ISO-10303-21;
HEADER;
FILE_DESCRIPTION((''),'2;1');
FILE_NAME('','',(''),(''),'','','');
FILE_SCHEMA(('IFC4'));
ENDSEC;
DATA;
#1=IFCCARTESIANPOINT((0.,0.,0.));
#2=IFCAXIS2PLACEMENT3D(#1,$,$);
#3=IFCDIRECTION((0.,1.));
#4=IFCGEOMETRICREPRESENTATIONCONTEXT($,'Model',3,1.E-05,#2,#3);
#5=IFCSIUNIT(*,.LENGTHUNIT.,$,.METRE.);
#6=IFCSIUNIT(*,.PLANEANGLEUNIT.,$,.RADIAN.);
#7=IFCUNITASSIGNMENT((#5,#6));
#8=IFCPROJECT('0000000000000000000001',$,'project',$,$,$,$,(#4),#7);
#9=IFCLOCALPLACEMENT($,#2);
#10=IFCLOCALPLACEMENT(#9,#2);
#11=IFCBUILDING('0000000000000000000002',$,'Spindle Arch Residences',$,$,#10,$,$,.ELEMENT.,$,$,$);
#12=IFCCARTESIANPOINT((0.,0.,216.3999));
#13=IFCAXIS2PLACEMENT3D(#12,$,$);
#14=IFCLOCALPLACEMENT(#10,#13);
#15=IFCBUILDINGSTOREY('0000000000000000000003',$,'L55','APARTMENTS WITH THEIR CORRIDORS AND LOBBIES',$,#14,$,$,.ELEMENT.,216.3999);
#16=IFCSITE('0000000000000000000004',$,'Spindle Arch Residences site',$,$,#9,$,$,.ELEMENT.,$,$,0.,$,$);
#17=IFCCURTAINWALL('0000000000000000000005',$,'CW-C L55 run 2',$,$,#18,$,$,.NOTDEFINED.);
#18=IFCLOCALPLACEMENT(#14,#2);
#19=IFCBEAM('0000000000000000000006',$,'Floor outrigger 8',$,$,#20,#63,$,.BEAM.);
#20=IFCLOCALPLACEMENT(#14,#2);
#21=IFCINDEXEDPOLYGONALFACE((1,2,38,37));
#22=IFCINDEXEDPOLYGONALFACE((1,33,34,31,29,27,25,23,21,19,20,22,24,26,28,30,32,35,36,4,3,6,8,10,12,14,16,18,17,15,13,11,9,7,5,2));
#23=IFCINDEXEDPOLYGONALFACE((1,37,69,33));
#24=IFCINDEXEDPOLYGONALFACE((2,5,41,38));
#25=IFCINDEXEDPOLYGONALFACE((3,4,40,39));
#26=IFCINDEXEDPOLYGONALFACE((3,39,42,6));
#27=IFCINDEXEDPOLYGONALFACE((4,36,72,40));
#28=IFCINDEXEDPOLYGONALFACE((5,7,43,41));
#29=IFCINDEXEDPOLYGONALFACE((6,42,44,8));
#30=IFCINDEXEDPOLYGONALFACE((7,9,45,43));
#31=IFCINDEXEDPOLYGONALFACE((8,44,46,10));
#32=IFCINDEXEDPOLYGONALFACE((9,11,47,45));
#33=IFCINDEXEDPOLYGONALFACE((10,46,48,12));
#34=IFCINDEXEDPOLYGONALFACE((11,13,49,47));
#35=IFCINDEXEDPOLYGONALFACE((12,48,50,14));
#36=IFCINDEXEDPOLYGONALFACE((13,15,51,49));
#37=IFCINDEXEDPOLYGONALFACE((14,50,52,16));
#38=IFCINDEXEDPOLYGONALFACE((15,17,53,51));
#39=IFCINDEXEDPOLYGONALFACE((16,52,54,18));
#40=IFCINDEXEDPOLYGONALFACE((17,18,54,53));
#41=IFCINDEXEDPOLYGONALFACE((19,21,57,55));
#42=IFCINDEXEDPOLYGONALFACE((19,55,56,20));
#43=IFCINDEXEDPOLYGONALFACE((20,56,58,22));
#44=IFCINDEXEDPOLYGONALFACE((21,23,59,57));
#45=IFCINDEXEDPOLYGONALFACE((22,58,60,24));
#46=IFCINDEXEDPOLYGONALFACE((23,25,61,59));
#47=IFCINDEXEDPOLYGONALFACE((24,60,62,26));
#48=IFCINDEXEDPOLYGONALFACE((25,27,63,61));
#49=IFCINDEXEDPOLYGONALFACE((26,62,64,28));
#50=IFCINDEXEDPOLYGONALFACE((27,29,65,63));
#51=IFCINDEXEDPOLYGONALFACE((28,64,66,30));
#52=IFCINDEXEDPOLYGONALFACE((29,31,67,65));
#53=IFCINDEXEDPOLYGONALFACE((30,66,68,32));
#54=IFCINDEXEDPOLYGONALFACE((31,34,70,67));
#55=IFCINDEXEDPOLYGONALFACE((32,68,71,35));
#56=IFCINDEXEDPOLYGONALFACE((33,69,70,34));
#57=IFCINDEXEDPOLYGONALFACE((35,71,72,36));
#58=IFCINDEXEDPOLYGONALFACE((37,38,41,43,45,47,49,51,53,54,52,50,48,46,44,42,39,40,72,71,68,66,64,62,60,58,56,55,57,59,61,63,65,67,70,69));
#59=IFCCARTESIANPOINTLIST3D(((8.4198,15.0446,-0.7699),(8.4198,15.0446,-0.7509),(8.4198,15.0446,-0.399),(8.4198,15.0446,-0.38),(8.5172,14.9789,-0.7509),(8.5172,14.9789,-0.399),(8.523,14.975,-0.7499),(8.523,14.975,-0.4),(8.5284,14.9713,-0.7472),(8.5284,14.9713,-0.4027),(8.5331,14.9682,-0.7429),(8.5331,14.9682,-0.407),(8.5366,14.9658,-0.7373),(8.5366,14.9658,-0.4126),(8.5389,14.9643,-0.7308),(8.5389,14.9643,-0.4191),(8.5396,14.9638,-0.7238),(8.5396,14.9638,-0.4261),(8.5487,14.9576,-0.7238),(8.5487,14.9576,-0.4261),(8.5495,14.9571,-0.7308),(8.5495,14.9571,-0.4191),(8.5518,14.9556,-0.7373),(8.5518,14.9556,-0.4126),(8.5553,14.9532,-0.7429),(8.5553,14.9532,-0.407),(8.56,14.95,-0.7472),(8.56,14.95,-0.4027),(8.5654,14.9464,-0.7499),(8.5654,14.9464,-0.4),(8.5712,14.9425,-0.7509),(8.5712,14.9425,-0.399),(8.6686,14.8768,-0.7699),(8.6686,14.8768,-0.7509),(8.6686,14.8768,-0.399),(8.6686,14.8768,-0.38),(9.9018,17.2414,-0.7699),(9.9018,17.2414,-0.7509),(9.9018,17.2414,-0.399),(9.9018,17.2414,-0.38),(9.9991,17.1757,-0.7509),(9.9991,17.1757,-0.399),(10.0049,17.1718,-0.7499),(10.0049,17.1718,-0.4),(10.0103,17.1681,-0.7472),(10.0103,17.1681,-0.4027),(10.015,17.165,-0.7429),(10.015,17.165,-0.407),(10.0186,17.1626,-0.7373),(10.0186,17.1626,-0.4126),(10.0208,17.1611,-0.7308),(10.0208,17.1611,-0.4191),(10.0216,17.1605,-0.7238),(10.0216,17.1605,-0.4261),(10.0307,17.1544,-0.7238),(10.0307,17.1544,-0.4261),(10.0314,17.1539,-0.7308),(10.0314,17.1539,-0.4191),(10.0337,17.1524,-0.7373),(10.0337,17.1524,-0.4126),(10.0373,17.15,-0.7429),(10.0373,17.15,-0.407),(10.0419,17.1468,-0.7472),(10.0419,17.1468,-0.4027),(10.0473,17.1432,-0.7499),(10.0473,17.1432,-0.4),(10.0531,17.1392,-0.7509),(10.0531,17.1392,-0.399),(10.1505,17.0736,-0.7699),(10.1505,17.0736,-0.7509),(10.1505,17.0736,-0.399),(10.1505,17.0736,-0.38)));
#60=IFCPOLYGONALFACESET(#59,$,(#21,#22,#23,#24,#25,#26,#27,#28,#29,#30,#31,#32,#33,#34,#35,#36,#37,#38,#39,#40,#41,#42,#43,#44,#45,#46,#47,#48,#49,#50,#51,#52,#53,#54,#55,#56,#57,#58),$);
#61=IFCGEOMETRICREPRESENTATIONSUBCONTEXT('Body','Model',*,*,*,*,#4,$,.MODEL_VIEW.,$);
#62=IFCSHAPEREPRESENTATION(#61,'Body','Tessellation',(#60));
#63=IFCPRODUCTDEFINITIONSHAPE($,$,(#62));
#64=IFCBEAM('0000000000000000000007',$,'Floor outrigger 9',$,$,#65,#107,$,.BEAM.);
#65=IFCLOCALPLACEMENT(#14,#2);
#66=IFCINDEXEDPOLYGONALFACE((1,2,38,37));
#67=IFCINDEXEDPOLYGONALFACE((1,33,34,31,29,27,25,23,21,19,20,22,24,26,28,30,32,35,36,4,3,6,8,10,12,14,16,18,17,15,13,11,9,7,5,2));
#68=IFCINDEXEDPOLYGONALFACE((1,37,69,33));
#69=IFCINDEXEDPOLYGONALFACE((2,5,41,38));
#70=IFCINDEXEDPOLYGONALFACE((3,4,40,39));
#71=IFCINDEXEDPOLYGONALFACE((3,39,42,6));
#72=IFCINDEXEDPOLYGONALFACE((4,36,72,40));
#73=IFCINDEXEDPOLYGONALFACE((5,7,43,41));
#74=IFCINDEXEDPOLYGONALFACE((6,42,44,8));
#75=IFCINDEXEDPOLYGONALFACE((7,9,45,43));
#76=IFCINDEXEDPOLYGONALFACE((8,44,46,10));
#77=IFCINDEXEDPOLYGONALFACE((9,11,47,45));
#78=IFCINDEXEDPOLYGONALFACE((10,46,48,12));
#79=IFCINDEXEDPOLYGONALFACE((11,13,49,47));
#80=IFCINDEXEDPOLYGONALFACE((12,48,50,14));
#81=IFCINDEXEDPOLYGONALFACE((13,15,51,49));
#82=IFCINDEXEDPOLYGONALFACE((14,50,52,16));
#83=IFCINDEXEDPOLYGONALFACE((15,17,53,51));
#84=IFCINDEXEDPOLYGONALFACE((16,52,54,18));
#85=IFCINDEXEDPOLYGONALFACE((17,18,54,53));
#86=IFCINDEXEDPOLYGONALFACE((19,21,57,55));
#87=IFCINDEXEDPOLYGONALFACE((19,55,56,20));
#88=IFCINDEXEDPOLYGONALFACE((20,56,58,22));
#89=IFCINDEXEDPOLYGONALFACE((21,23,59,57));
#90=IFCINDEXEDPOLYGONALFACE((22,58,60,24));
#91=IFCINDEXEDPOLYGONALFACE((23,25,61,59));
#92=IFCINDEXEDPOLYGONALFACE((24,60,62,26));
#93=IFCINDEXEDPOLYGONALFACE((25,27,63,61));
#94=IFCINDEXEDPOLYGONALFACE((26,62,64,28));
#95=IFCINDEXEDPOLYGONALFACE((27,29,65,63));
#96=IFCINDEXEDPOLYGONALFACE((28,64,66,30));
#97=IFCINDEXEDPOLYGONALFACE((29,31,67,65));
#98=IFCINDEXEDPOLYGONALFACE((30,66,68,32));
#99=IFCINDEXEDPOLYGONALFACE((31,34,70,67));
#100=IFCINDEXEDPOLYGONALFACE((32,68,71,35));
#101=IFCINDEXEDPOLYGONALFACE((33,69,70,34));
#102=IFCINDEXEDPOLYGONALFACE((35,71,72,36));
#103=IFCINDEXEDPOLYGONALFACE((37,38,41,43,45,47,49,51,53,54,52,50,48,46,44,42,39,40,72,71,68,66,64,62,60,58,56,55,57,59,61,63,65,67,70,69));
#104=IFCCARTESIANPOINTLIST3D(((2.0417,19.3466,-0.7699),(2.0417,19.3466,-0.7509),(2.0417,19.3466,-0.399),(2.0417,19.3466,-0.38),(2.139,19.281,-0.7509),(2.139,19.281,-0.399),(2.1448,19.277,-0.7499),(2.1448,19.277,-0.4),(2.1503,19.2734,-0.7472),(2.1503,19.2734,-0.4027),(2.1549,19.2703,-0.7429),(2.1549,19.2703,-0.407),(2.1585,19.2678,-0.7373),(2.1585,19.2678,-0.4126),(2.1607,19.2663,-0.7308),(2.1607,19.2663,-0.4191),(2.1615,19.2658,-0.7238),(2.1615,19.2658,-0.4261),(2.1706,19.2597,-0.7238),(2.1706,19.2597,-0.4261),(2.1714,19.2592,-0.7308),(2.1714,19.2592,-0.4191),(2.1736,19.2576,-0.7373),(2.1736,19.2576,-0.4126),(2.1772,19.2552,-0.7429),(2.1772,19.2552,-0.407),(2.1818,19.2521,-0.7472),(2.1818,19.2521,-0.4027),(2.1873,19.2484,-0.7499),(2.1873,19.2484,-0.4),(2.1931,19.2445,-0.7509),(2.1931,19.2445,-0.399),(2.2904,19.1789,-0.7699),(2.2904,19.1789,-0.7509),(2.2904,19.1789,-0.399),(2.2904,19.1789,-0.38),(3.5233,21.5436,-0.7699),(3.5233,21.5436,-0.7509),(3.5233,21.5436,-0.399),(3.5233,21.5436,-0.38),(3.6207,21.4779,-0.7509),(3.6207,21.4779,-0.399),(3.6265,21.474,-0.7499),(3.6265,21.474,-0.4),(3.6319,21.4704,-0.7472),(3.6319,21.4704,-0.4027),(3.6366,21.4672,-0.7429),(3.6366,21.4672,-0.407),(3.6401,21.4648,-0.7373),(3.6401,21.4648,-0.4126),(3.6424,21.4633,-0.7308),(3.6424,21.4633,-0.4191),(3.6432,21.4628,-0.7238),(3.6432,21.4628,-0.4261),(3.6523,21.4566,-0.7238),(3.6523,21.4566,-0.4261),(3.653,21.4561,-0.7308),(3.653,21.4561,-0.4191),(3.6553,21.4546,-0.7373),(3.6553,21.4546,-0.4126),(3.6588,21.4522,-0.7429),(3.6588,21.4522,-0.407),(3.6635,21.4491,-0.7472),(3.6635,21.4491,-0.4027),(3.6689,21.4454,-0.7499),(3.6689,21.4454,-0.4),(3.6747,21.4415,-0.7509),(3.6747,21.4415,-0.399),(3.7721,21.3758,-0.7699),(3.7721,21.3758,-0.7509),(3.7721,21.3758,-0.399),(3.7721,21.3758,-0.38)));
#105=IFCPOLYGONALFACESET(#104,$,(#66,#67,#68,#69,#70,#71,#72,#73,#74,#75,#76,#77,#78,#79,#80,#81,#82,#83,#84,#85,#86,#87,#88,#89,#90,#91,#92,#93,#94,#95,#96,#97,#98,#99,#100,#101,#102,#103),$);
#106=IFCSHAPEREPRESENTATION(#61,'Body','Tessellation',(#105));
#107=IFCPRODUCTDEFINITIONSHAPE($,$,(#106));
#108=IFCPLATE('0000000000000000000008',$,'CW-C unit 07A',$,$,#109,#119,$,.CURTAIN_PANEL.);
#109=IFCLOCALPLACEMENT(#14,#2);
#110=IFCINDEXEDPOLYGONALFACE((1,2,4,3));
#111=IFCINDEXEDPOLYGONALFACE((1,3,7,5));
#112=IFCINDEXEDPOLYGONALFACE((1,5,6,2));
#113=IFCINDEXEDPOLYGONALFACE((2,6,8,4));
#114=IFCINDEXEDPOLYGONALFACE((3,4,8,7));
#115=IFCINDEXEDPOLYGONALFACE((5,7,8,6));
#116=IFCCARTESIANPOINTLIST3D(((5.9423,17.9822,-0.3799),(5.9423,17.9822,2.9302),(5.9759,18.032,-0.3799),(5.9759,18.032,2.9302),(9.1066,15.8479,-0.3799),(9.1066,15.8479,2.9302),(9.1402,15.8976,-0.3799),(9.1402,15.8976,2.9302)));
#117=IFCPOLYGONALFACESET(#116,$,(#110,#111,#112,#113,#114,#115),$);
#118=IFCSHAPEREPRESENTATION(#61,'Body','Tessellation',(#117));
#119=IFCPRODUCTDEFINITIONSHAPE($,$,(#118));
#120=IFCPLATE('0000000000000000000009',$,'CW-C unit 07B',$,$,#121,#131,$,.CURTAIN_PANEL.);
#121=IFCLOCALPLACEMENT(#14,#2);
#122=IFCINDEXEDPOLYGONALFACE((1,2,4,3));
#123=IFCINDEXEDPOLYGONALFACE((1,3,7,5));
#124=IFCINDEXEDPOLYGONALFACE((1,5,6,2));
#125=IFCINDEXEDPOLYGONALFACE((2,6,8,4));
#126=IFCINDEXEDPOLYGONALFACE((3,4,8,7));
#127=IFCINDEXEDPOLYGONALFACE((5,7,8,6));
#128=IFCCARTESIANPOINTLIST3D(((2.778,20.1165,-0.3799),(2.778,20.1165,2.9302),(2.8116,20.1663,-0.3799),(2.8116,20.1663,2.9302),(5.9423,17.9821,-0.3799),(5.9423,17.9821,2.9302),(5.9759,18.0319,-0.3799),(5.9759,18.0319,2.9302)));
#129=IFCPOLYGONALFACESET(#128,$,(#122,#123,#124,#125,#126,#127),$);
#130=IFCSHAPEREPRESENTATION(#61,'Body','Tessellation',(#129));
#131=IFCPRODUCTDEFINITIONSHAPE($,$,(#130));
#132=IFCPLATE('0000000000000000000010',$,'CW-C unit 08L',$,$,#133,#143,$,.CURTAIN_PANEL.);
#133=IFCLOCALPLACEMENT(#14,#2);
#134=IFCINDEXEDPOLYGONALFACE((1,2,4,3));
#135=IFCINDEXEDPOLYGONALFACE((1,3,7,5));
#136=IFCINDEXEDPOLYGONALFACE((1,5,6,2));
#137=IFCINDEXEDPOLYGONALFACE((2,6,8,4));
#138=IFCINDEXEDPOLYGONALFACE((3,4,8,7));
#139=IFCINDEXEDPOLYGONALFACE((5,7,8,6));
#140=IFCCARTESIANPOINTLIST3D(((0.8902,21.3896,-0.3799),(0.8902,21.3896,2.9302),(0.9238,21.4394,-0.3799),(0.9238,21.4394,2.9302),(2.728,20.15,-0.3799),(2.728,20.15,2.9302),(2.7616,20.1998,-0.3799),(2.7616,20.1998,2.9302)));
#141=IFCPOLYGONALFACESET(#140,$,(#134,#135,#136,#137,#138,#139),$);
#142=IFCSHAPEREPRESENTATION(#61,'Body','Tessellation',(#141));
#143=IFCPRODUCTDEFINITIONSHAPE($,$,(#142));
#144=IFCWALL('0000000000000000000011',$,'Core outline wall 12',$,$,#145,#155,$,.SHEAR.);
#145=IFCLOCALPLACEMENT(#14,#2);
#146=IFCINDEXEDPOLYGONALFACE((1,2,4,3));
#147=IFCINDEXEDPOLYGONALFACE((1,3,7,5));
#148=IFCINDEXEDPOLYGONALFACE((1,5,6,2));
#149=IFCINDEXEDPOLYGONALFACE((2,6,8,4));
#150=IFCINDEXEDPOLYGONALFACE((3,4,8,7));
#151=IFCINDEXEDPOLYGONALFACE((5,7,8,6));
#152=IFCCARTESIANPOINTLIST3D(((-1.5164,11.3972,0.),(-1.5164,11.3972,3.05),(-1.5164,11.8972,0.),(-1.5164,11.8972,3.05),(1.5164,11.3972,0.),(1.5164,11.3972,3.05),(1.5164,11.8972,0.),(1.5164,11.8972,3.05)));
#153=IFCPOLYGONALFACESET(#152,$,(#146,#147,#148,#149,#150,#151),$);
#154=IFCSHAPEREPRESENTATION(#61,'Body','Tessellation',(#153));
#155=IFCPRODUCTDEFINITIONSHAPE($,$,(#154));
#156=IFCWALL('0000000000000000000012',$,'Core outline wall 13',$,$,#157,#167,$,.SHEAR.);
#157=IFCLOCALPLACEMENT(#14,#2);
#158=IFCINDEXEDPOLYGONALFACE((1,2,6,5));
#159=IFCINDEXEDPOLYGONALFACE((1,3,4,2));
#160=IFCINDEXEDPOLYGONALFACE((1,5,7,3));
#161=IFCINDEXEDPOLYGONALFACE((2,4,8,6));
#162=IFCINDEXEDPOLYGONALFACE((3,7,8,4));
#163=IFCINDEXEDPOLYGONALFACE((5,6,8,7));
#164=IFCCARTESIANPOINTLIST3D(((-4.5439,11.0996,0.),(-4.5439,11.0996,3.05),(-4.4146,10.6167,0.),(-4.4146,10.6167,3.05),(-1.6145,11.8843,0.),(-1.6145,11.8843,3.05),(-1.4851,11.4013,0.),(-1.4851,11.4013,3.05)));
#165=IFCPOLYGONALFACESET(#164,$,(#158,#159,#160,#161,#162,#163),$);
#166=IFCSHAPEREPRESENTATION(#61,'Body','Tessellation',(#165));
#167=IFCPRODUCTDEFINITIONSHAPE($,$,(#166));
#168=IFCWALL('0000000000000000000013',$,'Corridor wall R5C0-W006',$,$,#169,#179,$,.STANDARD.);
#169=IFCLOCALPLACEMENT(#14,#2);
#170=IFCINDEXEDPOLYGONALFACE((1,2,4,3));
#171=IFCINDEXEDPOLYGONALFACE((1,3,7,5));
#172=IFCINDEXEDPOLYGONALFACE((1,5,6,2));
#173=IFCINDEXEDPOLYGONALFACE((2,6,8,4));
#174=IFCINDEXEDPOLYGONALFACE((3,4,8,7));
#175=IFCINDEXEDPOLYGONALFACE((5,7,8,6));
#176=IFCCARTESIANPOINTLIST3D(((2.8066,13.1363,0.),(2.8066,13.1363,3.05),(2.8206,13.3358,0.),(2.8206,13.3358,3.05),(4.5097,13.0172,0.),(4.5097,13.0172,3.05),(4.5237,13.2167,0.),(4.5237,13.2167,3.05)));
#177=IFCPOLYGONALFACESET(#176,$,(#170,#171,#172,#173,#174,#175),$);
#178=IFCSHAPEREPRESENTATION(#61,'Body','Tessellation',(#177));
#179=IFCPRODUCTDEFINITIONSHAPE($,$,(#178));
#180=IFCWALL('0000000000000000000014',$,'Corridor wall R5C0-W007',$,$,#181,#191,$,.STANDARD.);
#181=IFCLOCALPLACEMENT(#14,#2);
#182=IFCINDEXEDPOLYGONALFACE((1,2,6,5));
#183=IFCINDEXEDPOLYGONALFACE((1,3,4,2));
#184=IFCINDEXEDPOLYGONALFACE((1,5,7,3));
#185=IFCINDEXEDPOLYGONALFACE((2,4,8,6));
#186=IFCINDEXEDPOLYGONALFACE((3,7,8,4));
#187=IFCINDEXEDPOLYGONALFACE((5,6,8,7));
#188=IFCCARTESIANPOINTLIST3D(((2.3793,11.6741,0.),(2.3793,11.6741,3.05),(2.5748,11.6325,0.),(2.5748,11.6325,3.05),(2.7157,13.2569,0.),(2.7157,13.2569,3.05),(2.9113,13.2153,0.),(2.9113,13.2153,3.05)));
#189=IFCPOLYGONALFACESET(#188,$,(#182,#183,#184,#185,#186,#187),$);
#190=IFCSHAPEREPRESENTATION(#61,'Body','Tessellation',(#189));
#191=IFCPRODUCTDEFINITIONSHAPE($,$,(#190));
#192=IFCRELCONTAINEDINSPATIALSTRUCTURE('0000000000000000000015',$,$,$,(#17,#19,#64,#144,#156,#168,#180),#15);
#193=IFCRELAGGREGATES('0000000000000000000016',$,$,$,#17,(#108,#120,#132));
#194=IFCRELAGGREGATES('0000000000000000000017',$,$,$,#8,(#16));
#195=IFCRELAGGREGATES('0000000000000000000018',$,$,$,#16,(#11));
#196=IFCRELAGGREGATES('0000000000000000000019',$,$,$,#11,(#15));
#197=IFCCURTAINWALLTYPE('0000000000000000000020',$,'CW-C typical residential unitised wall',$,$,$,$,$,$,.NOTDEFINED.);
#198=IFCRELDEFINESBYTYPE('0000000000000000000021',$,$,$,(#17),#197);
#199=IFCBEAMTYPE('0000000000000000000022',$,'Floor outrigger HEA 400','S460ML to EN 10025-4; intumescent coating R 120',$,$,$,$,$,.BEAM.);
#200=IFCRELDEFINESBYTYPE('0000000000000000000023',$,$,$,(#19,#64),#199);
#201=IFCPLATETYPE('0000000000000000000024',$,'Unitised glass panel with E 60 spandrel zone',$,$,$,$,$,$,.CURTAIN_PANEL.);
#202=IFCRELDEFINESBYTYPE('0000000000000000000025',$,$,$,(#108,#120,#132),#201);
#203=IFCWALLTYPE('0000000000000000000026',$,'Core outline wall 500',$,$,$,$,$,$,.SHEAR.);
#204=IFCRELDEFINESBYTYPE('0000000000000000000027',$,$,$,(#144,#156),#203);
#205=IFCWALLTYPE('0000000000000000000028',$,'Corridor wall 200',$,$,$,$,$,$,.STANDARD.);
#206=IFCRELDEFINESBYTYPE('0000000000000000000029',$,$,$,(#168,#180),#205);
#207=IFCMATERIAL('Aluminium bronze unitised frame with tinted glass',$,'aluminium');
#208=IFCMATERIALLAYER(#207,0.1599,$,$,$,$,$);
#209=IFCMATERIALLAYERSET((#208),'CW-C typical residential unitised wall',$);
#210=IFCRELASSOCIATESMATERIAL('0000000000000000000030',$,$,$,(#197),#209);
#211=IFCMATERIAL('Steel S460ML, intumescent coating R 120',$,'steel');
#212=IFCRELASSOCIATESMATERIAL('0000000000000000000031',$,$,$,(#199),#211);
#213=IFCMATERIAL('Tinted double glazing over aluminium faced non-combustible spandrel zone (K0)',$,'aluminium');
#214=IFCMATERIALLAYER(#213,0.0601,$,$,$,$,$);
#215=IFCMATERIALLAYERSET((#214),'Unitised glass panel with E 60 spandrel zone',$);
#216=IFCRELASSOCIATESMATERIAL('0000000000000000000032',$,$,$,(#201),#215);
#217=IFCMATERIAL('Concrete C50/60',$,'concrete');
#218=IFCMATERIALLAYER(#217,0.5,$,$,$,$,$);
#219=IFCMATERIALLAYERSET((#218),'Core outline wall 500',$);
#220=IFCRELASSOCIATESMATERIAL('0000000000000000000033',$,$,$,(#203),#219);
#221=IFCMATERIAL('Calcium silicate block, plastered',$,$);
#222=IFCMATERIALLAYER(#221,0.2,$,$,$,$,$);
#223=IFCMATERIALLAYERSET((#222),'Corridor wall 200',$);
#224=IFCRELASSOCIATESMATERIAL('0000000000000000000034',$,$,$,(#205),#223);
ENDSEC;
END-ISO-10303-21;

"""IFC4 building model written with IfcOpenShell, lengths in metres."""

from ifc_helpers import new_model, si_unit, direction, frame, frame_2d, origin, origin_2d, place, context, subcontext, project, spatial, rectangle, i_section, extrude, material, layer, layer_set, material_profile, profile_set, type_object, element, aggregate, save


model = new_model("IFC4")

# Units and contexts
model_context = context("Model", 3, precision=1e-05, world=origin(), true_north=direction((0.0, 1.0)))
body_context = subcontext(model_context, "Body", "Model", "MODEL_VIEW")
ifc_project = project(units=[si_unit("LENGTHUNIT", "METRE"), si_unit("PLANEANGLEUNIT", "RADIAN")], contexts=[model_context])

# Site, building, storey
site_placement = place(None, origin())
site = spatial("IfcSite", under=ifc_project, at=site_placement, Name="Spindle Arch Residences site", CompositionType="ELEMENT", RefElevation=0.0)
building_placement = place(site_placement, origin())
building = spatial("IfcBuilding", under=site, at=building_placement, Name="Spindle Arch Residences", CompositionType="ELEMENT")
storey_placement = place(building_placement, frame((0.0, 0.0, 216.3999)))
storey = spatial("IfcBuildingStorey", under=building, at=storey_placement, Name="L55", Description="APARTMENTS WITH THEIR CORRIDORS AND LOBBIES", CompositionType="ELEMENT", Elevation=216.3999)

# Curtain wall
ifc_material_1 = material(Name="Aluminium bronze unitised frame with tinted glass", Category="aluminium")
ifc_layer_1 = layer(ifc_material_1, 0.1599)
ifc_layer_set_1 = layer_set([ifc_layer_1], Name="CW-C typical residential unitised wall")
curtain_wall_type = type_object("IfcCurtainWallType", Name="CW-C typical residential unitised wall", PredefinedType="NOTDEFINED", material=ifc_layer_set_1)
curtain_wall_placement = place(storey_placement, origin())
curtain_wall = element("IfcCurtainWall", 1, at=curtain_wall_placement, inside=storey, type_object=curtain_wall_type, Name="CW-C L55 run 2", PredefinedType="NOTDEFINED")

# Beams
ifc_material_2 = material(Name="Steel S460ML, intumescent coating R 120", Category="steel")
ifc_material_profile_1 = material_profile(ifc_material_2, i_section(OverallWidth=0.3, OverallDepth=0.3899, WebThickness=0.011, FlangeThickness=0.019, FilletRadius=0.0271, at=origin_2d()), Name="HEA 400")
ifc_profile_set_1 = profile_set([ifc_material_profile_1], Name="Steel S460ML, intumescent coating R 120")
beam_type_1 = type_object("IfcBeamType", Name="Floor outrigger HEA 400", Description="S460ML to EN 10025-4; intumescent coating R 120", PredefinedType="BEAM", material=ifc_profile_set_1)
for number, where, z_axis, x_axis, name in (
    (2, (10.0261, 17.1575, -0.575), (-0.559242, -0.829005, 0.0), (0.829005, -0.559242, 0.0), "Floor outrigger 8"),
    (3, (3.6477, 21.4597, -0.575), (-0.559136, -0.829076, 0.0), (0.829076, -0.559136, 0.0), "Floor outrigger 9"),
):
    element("IfcBeam", number, at=place(storey_placement, frame(where, z_axis=z_axis, x_axis=x_axis)), inside=storey, type_object=beam_type_1, Name=name, PredefinedType="BEAM", context=body_context, shape_type="SweptSolid", body=[
        extrude(i_section(OverallWidth=0.3, OverallDepth=0.3899, WebThickness=0.011, FlangeThickness=0.019, FilletRadius=0.0271, at=origin_2d()), origin(), (0.0, 0.0, 1.0), 2.6499),
    ])

# Plates
ifc_material_3 = material(Name="Tinted double glazing over aluminium faced non-combustible spandrel zone (K0)", Category="aluminium")
ifc_layer_2 = layer(ifc_material_3, 0.0601)
ifc_layer_set_2 = layer_set([ifc_layer_2], Name="Unitised glass panel with E 60 spandrel zone")
plate_type = type_object("IfcPlateType", Name="Unitised glass panel with E 60 spandrel zone", PredefinedType="CURTAIN_PANEL", material=ifc_layer_set_2)
plate_1_placement = place(storey_placement, frame((7.5413, 16.9399, -0.3799), z_axis=(0.0, 0.0, 1.0), x_axis=(-0.829038, 0.559193, 0.0)))
plate_1 = element("IfcPlate", 4, at=plate_1_placement, type_object=plate_type, Name="CW-C unit 07A", PredefinedType="CURTAIN_PANEL", context=body_context, shape_type="SweptSolid", body=[
    extrude(rectangle(XDim=3.8169, YDim=0.0601, at=origin_2d()), origin(), (0.0, 0.0, 1.0), 3.3101),
])
plate_2_placement = place(storey_placement, frame((4.377, 19.0742, -0.3799), z_axis=(0.0, 0.0, 1.0), x_axis=(-0.829038, 0.559193, 0.0)))
plate_2 = element("IfcPlate", 5, at=plate_2_placement, type_object=plate_type, Name="CW-C unit 07B", PredefinedType="CURTAIN_PANEL", context=body_context, shape_type="SweptSolid", body=[
    extrude(rectangle(XDim=3.8169, YDim=0.0601, at=origin_2d()), origin(), (0.0, 0.0, 1.0), 3.3101),
])
plate_3_placement = place(storey_placement, frame((1.8259, 20.7947, -0.3799), z_axis=(0.0, 0.0, 1.0), x_axis=(-0.829038, 0.559193, 0.0)))
plate_3 = element("IfcPlate", 6, at=plate_3_placement, type_object=plate_type, Name="CW-C unit 08L", PredefinedType="CURTAIN_PANEL", context=body_context, shape_type="SweptSolid", body=[
    extrude(rectangle(XDim=2.2168, YDim=0.0601, at=origin_2d()), origin(), (0.0, 0.0, 1.0), 3.3101),
])
aggregate(curtain_wall, [plate_1, plate_2, plate_3])

# Walls
ifc_material_4 = material(Name="Concrete C50/60", Category="concrete")
ifc_layer_3 = layer(ifc_material_4, 0.5)
ifc_layer_set_3 = layer_set([ifc_layer_3], Name="Core outline wall 500")
wall_type_1 = type_object("IfcWallType", Name="Core outline wall 500", PredefinedType="SHEAR", material=ifc_layer_set_3)
for number, where, z_axis, x_axis, name in (
    (7, (1.5164, 11.6472, 0.0), (0.0, 0.0, 1.0), (-1.0, 0.0, 0.0), "Core outline wall 12"),
    (8, (-1.5498, 11.6428, 0.0), (0.0, 0.0, 1.0), (-0.965948, -0.258735, 0.0), "Core outline wall 13"),
):
    element("IfcWall", number, at=place(storey_placement, frame(where, z_axis=z_axis, x_axis=x_axis)), inside=storey, type_object=wall_type_1, Name=name, PredefinedType="SHEAR", context=body_context, shape_type="SweptSolid", body=[
        extrude(rectangle(XDim=3.0327, YDim=0.5, at=frame_2d((1.5164, 0.0))), origin(), (0.0, 0.0, 1.0), 3.05),
    ])
ifc_material_5 = material(Name="Calcium silicate block, plastered")
ifc_layer_4 = layer(ifc_material_5, 0.2)
ifc_layer_set_4 = layer_set([ifc_layer_4], Name="Corridor wall 200")
wall_type_2 = type_object("IfcWallType", Name="Corridor wall 200", PredefinedType="STANDARD", material=ifc_layer_set_4)
wall_1_placement = place(storey_placement, frame((4.5166, 13.1169, 0.0), z_axis=(0.0, 0.0, 1.0), x_axis=(-0.997562, 0.069784, 0.0)))
element("IfcWall", 9, at=wall_1_placement, inside=storey, type_object=wall_type_2, Name="Corridor wall R5C0-W006", PredefinedType="STANDARD", context=body_context, shape_type="SweptSolid", body=[
    extrude(rectangle(XDim=1.7073, YDim=0.2, at=frame_2d((0.8535, 0.0))), origin(), (0.0, 0.0, 1.0), 3.05),
])
wall_2_placement = place(storey_placement, frame((2.8135, 13.2361, 0.0), z_axis=(0.0, 0.0, 1.0), x_axis=(-0.207911, -0.978148, 0.0)))
element("IfcWall", 10, at=wall_2_placement, inside=storey, type_object=wall_type_2, Name="Corridor wall R5C0-W007", PredefinedType="STANDARD", context=body_context, shape_type="SweptSolid", body=[
    extrude(rectangle(XDim=1.6182, YDim=0.2, at=frame_2d((0.8091, 0.0))), origin(), (0.0, 0.0, 1.0), 3.05),
])

save(model, "model.ifc")
